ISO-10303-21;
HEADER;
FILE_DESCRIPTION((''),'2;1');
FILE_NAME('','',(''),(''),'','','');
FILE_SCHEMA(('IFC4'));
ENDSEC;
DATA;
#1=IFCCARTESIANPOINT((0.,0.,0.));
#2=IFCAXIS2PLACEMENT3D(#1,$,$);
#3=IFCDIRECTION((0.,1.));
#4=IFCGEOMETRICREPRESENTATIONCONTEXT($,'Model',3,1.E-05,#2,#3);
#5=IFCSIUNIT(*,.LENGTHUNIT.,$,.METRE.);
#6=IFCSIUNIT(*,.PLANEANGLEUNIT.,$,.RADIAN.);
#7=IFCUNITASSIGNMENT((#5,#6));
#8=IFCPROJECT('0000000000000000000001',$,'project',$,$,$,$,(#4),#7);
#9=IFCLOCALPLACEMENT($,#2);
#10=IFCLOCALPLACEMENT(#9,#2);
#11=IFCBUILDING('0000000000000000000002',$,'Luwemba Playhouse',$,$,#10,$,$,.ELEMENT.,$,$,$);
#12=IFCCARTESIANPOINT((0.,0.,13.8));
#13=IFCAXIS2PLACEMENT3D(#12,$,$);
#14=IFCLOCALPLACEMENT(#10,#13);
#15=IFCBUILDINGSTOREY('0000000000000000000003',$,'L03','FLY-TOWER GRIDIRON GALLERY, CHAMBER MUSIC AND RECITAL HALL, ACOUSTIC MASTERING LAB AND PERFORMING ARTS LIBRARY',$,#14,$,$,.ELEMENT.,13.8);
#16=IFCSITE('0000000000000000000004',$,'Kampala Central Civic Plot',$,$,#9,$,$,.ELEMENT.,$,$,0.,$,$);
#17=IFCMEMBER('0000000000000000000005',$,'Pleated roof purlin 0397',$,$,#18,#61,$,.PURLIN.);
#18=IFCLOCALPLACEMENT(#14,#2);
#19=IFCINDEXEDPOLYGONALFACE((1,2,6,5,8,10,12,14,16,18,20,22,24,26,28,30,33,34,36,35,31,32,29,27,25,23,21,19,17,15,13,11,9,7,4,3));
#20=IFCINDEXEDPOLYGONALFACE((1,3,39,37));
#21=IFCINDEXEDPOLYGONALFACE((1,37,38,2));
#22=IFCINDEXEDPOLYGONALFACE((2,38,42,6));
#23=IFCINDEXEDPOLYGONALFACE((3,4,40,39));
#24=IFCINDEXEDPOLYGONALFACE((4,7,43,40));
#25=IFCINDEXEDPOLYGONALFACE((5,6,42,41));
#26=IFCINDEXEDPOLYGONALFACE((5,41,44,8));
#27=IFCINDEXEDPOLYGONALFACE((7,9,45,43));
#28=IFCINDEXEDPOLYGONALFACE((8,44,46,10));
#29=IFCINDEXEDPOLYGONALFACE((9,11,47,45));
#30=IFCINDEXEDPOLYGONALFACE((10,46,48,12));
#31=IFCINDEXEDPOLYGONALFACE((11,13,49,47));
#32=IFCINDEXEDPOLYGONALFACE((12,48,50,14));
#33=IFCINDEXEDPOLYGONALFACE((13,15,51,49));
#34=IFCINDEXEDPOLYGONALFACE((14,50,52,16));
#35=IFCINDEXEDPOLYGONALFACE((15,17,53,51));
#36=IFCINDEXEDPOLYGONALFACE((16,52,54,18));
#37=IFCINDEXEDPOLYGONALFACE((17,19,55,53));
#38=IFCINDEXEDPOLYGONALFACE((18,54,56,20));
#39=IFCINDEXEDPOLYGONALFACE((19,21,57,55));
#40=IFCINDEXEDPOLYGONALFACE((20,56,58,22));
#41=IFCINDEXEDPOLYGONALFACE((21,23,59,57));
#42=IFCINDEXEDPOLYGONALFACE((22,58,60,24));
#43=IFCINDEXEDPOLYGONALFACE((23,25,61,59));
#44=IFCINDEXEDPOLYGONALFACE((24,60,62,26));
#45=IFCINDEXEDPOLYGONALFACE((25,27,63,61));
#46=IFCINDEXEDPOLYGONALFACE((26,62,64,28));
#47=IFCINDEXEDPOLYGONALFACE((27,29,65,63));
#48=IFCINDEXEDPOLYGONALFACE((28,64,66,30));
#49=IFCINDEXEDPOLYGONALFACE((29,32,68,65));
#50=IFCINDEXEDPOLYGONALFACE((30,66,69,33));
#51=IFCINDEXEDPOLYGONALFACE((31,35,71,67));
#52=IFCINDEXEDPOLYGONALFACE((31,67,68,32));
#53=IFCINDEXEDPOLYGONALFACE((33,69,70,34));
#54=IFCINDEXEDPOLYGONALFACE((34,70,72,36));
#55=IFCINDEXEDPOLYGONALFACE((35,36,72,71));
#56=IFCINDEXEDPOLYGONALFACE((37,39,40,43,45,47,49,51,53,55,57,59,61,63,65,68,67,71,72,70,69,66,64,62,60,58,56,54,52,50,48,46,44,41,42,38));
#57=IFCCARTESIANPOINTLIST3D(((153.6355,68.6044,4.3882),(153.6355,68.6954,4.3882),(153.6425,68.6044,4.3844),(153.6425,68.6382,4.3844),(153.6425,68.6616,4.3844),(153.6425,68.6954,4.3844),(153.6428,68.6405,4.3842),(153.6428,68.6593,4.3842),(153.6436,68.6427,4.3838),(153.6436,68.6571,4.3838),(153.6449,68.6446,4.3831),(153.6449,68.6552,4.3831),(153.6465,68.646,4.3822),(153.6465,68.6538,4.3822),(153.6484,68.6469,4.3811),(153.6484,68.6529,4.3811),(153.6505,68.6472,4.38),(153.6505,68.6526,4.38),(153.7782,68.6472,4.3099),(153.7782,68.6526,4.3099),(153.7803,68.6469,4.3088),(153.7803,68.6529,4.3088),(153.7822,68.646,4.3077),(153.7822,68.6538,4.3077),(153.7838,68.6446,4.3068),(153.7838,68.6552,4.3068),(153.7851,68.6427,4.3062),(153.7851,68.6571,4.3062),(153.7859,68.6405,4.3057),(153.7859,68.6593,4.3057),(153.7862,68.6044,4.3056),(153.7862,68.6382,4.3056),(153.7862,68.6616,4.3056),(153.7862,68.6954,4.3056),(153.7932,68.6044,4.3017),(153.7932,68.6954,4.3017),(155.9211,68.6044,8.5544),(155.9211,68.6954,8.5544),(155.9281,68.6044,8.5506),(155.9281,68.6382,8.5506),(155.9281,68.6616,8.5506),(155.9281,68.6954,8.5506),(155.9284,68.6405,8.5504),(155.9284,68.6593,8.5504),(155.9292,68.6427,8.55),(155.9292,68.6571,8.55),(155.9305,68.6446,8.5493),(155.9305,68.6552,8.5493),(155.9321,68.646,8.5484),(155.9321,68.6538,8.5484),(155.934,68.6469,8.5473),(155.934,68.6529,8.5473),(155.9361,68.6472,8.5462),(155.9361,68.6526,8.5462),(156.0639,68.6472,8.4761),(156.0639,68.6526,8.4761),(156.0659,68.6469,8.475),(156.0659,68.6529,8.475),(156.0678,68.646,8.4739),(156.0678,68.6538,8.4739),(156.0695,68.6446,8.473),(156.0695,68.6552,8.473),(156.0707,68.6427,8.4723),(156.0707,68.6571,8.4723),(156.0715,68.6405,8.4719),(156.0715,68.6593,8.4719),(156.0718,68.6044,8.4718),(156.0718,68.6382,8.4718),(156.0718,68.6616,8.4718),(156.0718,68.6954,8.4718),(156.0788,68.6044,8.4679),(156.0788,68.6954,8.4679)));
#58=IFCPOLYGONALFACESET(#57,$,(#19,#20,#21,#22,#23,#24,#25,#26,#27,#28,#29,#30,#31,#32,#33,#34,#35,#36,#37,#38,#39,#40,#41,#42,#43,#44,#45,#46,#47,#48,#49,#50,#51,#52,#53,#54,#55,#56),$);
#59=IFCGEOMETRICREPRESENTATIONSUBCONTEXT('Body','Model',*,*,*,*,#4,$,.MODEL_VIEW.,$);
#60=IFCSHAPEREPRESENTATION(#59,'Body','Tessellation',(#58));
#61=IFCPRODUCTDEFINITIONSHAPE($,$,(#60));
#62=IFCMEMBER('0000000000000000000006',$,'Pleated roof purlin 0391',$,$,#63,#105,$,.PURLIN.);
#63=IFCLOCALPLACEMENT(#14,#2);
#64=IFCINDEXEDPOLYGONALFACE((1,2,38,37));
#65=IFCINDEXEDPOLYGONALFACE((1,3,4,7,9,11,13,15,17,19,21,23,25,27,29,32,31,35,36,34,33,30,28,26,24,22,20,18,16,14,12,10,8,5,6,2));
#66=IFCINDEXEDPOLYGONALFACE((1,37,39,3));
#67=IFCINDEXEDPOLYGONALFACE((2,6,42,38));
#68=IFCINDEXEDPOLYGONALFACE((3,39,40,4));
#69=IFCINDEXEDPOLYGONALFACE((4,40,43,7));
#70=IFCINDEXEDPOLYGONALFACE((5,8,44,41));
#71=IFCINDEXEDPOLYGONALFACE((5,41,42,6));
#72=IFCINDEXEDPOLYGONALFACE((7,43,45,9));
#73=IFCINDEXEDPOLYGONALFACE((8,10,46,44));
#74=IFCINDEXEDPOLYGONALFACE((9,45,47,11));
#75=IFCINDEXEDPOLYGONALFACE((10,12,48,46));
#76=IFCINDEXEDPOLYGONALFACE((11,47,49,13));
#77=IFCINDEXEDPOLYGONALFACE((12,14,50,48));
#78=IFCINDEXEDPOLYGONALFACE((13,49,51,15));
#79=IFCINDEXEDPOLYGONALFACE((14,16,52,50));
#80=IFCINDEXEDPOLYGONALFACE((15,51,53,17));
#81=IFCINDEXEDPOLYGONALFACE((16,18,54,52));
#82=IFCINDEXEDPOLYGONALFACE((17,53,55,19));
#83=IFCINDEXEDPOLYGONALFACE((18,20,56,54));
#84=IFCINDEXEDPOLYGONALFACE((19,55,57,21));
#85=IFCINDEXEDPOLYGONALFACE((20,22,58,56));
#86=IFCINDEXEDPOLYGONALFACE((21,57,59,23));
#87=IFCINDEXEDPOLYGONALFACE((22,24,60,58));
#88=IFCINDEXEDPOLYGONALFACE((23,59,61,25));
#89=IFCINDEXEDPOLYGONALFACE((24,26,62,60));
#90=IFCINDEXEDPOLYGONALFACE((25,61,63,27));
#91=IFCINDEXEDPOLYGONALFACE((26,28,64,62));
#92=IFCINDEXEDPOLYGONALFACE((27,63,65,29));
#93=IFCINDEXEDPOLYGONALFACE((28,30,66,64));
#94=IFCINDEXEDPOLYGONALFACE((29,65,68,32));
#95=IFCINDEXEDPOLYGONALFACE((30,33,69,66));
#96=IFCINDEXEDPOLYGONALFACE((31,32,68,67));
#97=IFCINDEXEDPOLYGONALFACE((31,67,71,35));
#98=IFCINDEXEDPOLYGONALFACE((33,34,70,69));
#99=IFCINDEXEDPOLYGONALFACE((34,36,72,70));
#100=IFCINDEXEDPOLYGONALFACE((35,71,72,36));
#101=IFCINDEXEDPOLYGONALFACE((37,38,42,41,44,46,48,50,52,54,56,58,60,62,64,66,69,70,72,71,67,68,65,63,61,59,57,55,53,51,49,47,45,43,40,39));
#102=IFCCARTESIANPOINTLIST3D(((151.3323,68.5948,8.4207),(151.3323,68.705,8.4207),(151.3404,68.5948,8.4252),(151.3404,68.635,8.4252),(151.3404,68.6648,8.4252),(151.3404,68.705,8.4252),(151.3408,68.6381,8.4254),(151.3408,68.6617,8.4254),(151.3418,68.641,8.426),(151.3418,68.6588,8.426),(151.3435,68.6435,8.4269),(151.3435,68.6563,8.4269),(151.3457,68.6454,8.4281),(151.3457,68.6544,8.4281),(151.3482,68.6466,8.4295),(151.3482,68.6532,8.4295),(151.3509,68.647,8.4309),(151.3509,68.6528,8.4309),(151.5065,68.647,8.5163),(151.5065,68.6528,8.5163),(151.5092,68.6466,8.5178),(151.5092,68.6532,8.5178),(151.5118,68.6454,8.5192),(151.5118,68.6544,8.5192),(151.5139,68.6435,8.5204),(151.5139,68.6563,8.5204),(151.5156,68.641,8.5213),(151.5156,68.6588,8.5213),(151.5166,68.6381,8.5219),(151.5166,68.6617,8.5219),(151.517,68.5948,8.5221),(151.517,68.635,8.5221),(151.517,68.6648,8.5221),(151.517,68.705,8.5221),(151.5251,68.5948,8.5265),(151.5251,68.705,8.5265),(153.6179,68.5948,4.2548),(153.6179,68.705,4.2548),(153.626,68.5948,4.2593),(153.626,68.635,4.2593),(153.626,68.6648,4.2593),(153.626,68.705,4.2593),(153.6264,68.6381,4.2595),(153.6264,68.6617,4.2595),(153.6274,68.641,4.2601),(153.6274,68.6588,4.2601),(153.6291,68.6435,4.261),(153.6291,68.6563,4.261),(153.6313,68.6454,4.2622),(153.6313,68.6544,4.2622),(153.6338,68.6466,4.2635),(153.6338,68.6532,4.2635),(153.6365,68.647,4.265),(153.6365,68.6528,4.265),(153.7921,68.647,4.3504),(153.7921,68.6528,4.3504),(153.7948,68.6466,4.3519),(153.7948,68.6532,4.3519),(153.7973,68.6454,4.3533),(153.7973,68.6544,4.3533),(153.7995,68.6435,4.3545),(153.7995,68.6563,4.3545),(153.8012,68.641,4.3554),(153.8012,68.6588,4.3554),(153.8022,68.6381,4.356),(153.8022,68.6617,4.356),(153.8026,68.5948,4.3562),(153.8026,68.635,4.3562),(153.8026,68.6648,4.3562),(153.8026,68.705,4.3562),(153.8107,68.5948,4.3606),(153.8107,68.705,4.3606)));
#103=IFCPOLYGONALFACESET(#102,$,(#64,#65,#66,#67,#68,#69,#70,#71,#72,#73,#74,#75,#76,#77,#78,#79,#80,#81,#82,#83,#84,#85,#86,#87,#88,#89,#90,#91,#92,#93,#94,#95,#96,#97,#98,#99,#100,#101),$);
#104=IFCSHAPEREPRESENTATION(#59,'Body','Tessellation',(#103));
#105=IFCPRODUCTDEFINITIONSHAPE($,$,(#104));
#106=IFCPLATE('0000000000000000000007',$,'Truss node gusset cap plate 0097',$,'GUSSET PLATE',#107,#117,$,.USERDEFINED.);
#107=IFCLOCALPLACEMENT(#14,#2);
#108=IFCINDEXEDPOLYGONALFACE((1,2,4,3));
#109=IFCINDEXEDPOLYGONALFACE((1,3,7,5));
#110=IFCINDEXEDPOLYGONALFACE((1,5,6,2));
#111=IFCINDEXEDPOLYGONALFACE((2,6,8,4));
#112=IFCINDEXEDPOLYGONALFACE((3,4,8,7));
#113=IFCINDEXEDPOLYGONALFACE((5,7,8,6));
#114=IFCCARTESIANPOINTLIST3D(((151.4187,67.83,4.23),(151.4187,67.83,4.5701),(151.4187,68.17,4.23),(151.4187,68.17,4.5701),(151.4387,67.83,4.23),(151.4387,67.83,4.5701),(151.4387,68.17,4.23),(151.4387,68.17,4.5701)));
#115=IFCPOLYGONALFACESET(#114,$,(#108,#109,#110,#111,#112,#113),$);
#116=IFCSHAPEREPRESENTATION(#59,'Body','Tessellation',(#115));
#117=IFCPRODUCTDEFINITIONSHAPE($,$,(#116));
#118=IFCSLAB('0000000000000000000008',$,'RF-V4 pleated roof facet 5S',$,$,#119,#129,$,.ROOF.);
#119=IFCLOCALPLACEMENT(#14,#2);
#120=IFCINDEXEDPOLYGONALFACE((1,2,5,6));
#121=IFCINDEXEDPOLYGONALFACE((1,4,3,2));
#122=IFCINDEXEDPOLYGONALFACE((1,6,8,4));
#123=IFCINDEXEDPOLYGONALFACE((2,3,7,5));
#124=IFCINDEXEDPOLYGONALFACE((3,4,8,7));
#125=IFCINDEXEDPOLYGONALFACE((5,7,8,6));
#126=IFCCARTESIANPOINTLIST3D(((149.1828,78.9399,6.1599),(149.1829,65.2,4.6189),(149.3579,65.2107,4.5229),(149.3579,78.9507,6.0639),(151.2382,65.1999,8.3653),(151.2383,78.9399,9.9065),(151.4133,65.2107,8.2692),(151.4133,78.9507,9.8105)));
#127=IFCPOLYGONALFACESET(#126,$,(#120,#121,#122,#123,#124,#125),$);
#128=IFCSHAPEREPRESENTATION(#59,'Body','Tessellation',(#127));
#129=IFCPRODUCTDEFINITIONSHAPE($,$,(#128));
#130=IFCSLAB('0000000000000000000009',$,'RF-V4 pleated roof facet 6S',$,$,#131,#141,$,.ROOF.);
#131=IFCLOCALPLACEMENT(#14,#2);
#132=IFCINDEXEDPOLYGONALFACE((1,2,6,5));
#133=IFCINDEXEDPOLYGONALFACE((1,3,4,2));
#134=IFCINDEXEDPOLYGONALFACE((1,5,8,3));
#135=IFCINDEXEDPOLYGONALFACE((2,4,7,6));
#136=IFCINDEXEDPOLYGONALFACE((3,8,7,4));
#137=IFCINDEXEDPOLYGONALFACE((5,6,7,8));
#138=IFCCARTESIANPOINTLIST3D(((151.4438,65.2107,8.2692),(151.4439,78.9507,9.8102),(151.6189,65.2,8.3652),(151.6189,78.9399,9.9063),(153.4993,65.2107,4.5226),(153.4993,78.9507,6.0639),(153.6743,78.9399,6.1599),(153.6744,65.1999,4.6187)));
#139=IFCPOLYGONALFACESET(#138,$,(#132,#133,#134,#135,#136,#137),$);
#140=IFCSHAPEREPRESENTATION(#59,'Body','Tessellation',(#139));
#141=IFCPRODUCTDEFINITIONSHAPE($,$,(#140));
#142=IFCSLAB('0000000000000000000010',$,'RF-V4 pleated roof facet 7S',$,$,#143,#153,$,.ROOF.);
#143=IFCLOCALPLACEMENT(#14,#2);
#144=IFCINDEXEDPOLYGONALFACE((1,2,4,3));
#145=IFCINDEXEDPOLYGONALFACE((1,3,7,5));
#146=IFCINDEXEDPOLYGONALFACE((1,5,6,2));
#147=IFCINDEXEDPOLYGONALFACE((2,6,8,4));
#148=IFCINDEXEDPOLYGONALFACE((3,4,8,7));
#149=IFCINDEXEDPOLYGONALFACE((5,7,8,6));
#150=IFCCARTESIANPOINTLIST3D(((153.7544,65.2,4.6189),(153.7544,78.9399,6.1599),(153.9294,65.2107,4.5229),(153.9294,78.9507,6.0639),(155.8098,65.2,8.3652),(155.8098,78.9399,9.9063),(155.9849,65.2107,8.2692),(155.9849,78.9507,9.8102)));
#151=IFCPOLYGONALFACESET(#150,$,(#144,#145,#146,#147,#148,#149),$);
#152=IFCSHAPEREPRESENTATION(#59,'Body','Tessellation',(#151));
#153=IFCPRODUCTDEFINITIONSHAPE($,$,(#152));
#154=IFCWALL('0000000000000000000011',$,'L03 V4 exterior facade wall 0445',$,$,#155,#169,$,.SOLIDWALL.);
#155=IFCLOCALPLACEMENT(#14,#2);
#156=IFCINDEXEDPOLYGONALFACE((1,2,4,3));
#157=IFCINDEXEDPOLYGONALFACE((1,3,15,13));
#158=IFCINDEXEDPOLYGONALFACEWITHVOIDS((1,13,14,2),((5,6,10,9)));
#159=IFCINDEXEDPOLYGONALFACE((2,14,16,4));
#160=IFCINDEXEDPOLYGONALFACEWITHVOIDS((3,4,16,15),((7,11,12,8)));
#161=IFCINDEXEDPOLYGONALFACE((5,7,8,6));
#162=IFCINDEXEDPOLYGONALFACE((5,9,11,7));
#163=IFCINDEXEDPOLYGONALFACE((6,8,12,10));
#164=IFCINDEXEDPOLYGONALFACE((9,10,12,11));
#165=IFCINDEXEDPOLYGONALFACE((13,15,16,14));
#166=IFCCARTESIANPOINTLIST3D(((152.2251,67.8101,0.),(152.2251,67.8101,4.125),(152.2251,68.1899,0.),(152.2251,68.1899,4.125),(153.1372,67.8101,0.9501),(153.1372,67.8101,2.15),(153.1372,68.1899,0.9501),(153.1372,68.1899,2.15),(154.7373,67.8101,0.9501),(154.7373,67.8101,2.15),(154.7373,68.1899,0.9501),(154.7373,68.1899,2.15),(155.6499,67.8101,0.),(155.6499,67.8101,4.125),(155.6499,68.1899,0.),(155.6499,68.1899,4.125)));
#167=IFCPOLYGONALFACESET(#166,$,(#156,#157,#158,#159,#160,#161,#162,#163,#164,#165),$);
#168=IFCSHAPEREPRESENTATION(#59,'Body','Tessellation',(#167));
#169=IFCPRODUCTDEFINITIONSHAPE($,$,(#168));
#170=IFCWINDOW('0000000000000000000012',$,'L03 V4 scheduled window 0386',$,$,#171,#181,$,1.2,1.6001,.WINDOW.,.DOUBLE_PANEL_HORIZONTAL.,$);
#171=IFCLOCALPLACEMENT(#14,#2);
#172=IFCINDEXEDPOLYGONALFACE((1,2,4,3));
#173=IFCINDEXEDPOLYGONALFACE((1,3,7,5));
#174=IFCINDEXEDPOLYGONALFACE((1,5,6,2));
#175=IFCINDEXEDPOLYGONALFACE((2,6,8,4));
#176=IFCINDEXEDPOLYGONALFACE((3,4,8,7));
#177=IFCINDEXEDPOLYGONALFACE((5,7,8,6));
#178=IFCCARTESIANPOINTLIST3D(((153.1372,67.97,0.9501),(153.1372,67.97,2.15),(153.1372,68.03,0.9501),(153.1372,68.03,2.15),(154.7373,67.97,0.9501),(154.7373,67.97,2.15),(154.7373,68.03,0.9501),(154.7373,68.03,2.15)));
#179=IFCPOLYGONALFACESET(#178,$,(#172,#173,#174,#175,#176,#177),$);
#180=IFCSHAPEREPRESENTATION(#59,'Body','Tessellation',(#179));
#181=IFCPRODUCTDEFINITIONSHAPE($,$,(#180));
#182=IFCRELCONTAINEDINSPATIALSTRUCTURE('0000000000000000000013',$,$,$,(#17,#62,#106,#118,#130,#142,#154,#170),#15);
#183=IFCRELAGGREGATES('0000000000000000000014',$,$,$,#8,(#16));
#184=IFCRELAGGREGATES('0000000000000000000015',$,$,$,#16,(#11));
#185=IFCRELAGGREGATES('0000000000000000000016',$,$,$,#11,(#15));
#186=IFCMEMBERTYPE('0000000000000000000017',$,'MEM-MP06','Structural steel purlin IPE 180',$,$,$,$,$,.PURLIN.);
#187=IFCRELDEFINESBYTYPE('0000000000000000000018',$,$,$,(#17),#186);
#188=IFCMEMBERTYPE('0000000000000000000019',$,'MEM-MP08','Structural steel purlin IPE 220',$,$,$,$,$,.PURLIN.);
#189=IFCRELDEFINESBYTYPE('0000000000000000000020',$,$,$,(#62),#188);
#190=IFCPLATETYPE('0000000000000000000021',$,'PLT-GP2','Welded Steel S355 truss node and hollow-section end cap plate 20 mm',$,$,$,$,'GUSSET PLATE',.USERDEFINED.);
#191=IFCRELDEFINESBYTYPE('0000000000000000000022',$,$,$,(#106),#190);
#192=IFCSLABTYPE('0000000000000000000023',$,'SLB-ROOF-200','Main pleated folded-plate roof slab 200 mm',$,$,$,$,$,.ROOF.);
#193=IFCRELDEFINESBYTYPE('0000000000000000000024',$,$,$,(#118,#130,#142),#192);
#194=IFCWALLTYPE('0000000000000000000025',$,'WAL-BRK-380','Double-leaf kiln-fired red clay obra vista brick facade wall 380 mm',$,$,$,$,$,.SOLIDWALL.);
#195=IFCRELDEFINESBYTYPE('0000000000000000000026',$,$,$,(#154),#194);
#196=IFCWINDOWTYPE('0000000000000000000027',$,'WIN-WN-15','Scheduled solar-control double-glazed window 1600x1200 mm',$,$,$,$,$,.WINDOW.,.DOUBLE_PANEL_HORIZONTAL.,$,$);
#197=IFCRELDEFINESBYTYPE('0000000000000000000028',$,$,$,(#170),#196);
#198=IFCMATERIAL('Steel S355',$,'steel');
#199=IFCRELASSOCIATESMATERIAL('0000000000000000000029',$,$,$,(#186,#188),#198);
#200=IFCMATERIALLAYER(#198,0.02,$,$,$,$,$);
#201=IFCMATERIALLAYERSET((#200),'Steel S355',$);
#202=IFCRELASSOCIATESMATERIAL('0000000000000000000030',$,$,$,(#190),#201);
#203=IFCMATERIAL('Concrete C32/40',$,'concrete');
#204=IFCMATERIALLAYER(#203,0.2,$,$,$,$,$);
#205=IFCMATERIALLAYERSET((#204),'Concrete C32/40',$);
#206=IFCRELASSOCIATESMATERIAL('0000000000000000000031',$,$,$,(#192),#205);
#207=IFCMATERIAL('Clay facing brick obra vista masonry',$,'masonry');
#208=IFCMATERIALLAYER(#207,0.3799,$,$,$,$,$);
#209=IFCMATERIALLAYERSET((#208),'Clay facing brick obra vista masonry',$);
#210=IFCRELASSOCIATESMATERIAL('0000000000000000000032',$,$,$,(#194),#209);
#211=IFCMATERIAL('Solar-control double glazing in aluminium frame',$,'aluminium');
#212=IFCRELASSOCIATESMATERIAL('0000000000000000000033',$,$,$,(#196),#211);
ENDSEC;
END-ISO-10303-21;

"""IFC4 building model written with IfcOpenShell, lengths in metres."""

from ifc_helpers import new_model, si_unit, direction, frame, frame_2d, origin, origin_2d, place, context, subcontext, project, spatial, polyline, rectangle, i_section, outline, extrude, material, layer, layer_set, material_profile, profile_set, type_object, element, fill, save


model = new_model("IFC4")

# Units and contexts
model_context = context("Model", 3, precision=1e-05, world=origin(), true_north=direction((0.0, 1.0)))
body_context = subcontext(model_context, "Body", "Model", "MODEL_VIEW")
ifc_project = project(units=[si_unit("LENGTHUNIT", "METRE"), si_unit("PLANEANGLEUNIT", "RADIAN")], contexts=[model_context])

# Site, building, storey
site_placement = place(None, origin())
site = spatial("IfcSite", under=ifc_project, at=site_placement, Name="Kampala Central Civic Plot", CompositionType="ELEMENT", RefElevation=0.0)
building_placement = place(site_placement, origin())
building = spatial("IfcBuilding", under=site, at=building_placement, Name="Luwemba Playhouse", CompositionType="ELEMENT")
storey_placement = place(building_placement, frame((0.0, 0.0, 13.8)))
storey = spatial("IfcBuildingStorey", under=building, at=storey_placement, Name="L03", Description="FLY-TOWER GRIDIRON GALLERY, CHAMBER MUSIC AND RECITAL HALL, ACOUSTIC MASTERING LAB AND PERFORMING ARTS LIBRARY", CompositionType="ELEMENT", Elevation=13.8)

# Shared definitions
ifc_material_1 = material(Name="Steel S355", Category="steel")

# Members
ifc_material_profile_1 = material_profile(ifc_material_1, i_section(OverallWidth=0.0911, OverallDepth=0.1799, WebThickness=0.0054, FlangeThickness=0.0081, FilletRadius=0.009, at=origin_2d()))
ifc_profile_set_1 = profile_set([ifc_material_profile_1], Name="Steel S355")
member_type_1 = type_object("IfcMemberType", Name="MEM-MP06", Description="Structural steel purlin IPE 180", PredefinedType="PURLIN", material=ifc_profile_set_1)
member_1_placement = place(storey_placement, frame((153.7144, 68.6499, 4.345), z_axis=(0.480982, 0.0, 0.876731), x_axis=(0.0, 1.0, 0.0)))
element("IfcMember", 1, at=member_1_placement, inside=storey, type_object=member_type_1, Name="Pleated roof purlin 0397", PredefinedType="PURLIN", context=body_context, shape_type="SweptSolid", body=[
    extrude(i_section(OverallWidth=0.0911, OverallDepth=0.1799, WebThickness=0.0054, FlangeThickness=0.0081, FilletRadius=0.009, at=origin_2d()), origin(), (0.0, 0.0, 1.0), 4.752),
])
ifc_material_profile_2 = material_profile(ifc_material_1, i_section(OverallWidth=0.1101, OverallDepth=0.22, WebThickness=0.0059, FlangeThickness=0.0093, FilletRadius=0.012, at=origin_2d()))
ifc_profile_set_2 = profile_set([ifc_material_profile_2], Name="Steel S355")
member_type_2 = type_object("IfcMemberType", Name="MEM-MP08", Description="Structural steel purlin IPE 220", PredefinedType="PURLIN", material=ifc_profile_set_2)
member_2_placement = place(storey_placement, frame((151.4287, 68.6499, 8.4736), z_axis=(0.481003, 0.0, -0.876719), x_axis=(0.0, 1.0, 0.0)))
element("IfcMember", 2, at=member_2_placement, inside=storey, type_object=member_type_2, Name="Pleated roof purlin 0391", PredefinedType="PURLIN", context=body_context, shape_type="SweptSolid", body=[
    extrude(i_section(OverallWidth=0.1101, OverallDepth=0.22, WebThickness=0.0059, FlangeThickness=0.0093, FilletRadius=0.012, at=origin_2d()), origin(), (0.0, 0.0, 1.0), 4.7517),
])

# Plate
ifc_layer_1 = layer(ifc_material_1, 0.02)
ifc_layer_set_1 = layer_set([ifc_layer_1], Name="Steel S355")
plate_type = type_object("IfcPlateType", Name="PLT-GP2", Description="Welded Steel S355 truss node and hollow-section end cap plate 20 mm", ElementType="GUSSET PLATE", PredefinedType="USERDEFINED", material=ifc_layer_set_1)
plate_placement = place(storey_placement, frame((151.4287, 68.0, 4.23), z_axis=(0.0, 0.0, 1.0), x_axis=(1.0, 0.0, 0.0)))
element("IfcPlate", 3, at=plate_placement, inside=storey, type_object=plate_type, Name="Truss node gusset cap plate 0097", ObjectType="GUSSET PLATE", PredefinedType="USERDEFINED", context=body_context, shape_type="SweptSolid", body=[
    extrude(rectangle(XDim=0.02, YDim=0.3401, at=origin_2d()), origin(), (0.0, 0.0, 1.0), 0.3401),
])

# Slabs
ifc_material_2 = material(Name="Concrete C32/40", Category="concrete")
ifc_layer_2 = layer(ifc_material_2, 0.2)
ifc_layer_set_2 = layer_set([ifc_layer_2], Name="Concrete C32/40")
slab_type = type_object("IfcSlabType", Name="SLB-ROOF-200", Description="Main pleated folded-plate roof slab 200 mm", PredefinedType="ROOF", material=ifc_layer_set_2)
slab_1_placement = place(storey_placement, frame((149.1829, 65.2, 4.6189), z_axis=(-0.87545, -0.053872, 0.480298), x_axis=(0.480996, -0.000001, 0.876723)))
element("IfcSlab", 4, at=slab_1_placement, inside=storey, type_object=slab_type, Name="RF-V4 pleated roof facet 5S", PredefinedType="ROOF", context=body_context, shape_type="SweptSolid", body=[
    extrude(outline(polyline([(0.0, 0.0), (4.2731, 0.0), (5.6244, 13.76), (1.351, 13.76), (0.0, 0.0)])), origin(), (0.0, 0.0, -1.0), 0.2),
])
slab_2_placement = place(storey_placement, frame((151.6189, 65.2, 8.3652), z_axis=(0.87545, -0.053872, 0.480298), x_axis=(0.480996, -0.000001, -0.876723)))
element("IfcSlab", 5, at=slab_2_placement, inside=storey, type_object=slab_type, Name="RF-V4 pleated roof facet 6S", PredefinedType="ROOF", context=body_context, shape_type="SweptSolid", body=[
    extrude(outline(polyline([(0.0, 0.0), (4.2734, 0.0), (2.9221, 13.76), (-1.3511, 13.76), (0.0, 0.0)])), origin(), (0.0, 0.0, -1.0), 0.2),
])
slab_3_placement = place(storey_placement, frame((153.7544, 65.2, 4.6189), z_axis=(-0.875443, -0.053869, 0.48031), x_axis=(0.481008, 0.0, 0.876716)))
element("IfcSlab", 6, at=slab_3_placement, inside=storey, type_object=slab_type, Name="RF-V4 pleated roof facet 7S", PredefinedType="ROOF", context=body_context, shape_type="SweptSolid", body=[
    extrude(outline(polyline([(0.0, 0.0), (4.2731, 0.0), (5.6242, 13.76), (1.351, 13.76), (0.0, 0.0)])), origin(), (0.0, 0.0, -1.0), 0.2),
])

# Wall, opening, window
ifc_material_3 = material(Name="Clay facing brick obra vista masonry", Category="masonry")
ifc_layer_3 = layer(ifc_material_3, 0.3799)
ifc_layer_set_3 = layer_set([ifc_layer_3], Name="Clay facing brick obra vista masonry")
wall_type_1 = type_object("IfcWallType", Name="WAL-BRK-380", Description="Double-leaf kiln-fired red clay obra vista brick facade wall 380 mm", PredefinedType="SOLIDWALL", material=ifc_layer_set_3)
wall_1_placement = place(storey_placement, frame((155.6499, 68.0, 0.0), z_axis=(0.0, 0.0, 1.0), x_axis=(-1.0, 0.0, 0.0)))
wall_1 = element("IfcWall", 7, at=wall_1_placement, inside=storey, type_object=wall_type_1, Name="L03 V4 exterior facade wall 0445", PredefinedType="SOLIDWALL", context=body_context, shape_type="SweptSolid", body=[
    extrude(rectangle(XDim=3.4248, YDim=0.3799, at=frame_2d((1.7124, 0.0))), origin(), (0.0, 0.0, 1.0), 4.125),
])
opening_1_placement = place(wall_1_placement, frame((0.9126, 0.0, 0.95)))
opening_1 = element("IfcOpeningElement", 8, at=opening_1_placement, cuts=wall_1, PredefinedType="OPENING", context=body_context, shape_type="SweptSolid", body=[
    extrude(rectangle(XDim=1.6001, YDim=1.2, at=frame_2d((0.8, 0.6001))), frame((0.0, 0.2, 0.0), z_axis=(0.0, -1.0, 0.0), x_axis=(1.0, 0.0, 0.0)), (0.0, 0.0, 1.0), 0.3999),
])
ifc_material_4 = material(Name="Solar-control double glazing in aluminium frame", Category="aluminium")
window_type_1 = type_object("IfcWindowType", Name="WIN-WN-15", Description="Scheduled solar-control double-glazed window 1600x1200 mm", PartitioningType="DOUBLE_PANEL_HORIZONTAL", PredefinedType="WINDOW", material=ifc_material_4)
window_1_placement = place(opening_1_placement, origin())
window_1 = element("IfcWindow", 9, at=window_1_placement, inside=storey, type_object=window_type_1, Name="L03 V4 scheduled window 0386", OverallHeight=1.2, OverallWidth=1.6001, PartitioningType="DOUBLE_PANEL_HORIZONTAL", PredefinedType="WINDOW", context=body_context, shape_type="SweptSolid", body=[
    extrude(rectangle(XDim=1.6001, YDim=1.2, at=frame_2d((0.8, 0.6001))), frame((0.0, 0.03, 0.0), z_axis=(0.0, -1.0, 0.0), x_axis=(1.0, 0.0, 0.0)), (0.0, 0.0, 1.0), 0.0601),
])
fill(opening_1, window_1)

save(model, "model.ifc")
